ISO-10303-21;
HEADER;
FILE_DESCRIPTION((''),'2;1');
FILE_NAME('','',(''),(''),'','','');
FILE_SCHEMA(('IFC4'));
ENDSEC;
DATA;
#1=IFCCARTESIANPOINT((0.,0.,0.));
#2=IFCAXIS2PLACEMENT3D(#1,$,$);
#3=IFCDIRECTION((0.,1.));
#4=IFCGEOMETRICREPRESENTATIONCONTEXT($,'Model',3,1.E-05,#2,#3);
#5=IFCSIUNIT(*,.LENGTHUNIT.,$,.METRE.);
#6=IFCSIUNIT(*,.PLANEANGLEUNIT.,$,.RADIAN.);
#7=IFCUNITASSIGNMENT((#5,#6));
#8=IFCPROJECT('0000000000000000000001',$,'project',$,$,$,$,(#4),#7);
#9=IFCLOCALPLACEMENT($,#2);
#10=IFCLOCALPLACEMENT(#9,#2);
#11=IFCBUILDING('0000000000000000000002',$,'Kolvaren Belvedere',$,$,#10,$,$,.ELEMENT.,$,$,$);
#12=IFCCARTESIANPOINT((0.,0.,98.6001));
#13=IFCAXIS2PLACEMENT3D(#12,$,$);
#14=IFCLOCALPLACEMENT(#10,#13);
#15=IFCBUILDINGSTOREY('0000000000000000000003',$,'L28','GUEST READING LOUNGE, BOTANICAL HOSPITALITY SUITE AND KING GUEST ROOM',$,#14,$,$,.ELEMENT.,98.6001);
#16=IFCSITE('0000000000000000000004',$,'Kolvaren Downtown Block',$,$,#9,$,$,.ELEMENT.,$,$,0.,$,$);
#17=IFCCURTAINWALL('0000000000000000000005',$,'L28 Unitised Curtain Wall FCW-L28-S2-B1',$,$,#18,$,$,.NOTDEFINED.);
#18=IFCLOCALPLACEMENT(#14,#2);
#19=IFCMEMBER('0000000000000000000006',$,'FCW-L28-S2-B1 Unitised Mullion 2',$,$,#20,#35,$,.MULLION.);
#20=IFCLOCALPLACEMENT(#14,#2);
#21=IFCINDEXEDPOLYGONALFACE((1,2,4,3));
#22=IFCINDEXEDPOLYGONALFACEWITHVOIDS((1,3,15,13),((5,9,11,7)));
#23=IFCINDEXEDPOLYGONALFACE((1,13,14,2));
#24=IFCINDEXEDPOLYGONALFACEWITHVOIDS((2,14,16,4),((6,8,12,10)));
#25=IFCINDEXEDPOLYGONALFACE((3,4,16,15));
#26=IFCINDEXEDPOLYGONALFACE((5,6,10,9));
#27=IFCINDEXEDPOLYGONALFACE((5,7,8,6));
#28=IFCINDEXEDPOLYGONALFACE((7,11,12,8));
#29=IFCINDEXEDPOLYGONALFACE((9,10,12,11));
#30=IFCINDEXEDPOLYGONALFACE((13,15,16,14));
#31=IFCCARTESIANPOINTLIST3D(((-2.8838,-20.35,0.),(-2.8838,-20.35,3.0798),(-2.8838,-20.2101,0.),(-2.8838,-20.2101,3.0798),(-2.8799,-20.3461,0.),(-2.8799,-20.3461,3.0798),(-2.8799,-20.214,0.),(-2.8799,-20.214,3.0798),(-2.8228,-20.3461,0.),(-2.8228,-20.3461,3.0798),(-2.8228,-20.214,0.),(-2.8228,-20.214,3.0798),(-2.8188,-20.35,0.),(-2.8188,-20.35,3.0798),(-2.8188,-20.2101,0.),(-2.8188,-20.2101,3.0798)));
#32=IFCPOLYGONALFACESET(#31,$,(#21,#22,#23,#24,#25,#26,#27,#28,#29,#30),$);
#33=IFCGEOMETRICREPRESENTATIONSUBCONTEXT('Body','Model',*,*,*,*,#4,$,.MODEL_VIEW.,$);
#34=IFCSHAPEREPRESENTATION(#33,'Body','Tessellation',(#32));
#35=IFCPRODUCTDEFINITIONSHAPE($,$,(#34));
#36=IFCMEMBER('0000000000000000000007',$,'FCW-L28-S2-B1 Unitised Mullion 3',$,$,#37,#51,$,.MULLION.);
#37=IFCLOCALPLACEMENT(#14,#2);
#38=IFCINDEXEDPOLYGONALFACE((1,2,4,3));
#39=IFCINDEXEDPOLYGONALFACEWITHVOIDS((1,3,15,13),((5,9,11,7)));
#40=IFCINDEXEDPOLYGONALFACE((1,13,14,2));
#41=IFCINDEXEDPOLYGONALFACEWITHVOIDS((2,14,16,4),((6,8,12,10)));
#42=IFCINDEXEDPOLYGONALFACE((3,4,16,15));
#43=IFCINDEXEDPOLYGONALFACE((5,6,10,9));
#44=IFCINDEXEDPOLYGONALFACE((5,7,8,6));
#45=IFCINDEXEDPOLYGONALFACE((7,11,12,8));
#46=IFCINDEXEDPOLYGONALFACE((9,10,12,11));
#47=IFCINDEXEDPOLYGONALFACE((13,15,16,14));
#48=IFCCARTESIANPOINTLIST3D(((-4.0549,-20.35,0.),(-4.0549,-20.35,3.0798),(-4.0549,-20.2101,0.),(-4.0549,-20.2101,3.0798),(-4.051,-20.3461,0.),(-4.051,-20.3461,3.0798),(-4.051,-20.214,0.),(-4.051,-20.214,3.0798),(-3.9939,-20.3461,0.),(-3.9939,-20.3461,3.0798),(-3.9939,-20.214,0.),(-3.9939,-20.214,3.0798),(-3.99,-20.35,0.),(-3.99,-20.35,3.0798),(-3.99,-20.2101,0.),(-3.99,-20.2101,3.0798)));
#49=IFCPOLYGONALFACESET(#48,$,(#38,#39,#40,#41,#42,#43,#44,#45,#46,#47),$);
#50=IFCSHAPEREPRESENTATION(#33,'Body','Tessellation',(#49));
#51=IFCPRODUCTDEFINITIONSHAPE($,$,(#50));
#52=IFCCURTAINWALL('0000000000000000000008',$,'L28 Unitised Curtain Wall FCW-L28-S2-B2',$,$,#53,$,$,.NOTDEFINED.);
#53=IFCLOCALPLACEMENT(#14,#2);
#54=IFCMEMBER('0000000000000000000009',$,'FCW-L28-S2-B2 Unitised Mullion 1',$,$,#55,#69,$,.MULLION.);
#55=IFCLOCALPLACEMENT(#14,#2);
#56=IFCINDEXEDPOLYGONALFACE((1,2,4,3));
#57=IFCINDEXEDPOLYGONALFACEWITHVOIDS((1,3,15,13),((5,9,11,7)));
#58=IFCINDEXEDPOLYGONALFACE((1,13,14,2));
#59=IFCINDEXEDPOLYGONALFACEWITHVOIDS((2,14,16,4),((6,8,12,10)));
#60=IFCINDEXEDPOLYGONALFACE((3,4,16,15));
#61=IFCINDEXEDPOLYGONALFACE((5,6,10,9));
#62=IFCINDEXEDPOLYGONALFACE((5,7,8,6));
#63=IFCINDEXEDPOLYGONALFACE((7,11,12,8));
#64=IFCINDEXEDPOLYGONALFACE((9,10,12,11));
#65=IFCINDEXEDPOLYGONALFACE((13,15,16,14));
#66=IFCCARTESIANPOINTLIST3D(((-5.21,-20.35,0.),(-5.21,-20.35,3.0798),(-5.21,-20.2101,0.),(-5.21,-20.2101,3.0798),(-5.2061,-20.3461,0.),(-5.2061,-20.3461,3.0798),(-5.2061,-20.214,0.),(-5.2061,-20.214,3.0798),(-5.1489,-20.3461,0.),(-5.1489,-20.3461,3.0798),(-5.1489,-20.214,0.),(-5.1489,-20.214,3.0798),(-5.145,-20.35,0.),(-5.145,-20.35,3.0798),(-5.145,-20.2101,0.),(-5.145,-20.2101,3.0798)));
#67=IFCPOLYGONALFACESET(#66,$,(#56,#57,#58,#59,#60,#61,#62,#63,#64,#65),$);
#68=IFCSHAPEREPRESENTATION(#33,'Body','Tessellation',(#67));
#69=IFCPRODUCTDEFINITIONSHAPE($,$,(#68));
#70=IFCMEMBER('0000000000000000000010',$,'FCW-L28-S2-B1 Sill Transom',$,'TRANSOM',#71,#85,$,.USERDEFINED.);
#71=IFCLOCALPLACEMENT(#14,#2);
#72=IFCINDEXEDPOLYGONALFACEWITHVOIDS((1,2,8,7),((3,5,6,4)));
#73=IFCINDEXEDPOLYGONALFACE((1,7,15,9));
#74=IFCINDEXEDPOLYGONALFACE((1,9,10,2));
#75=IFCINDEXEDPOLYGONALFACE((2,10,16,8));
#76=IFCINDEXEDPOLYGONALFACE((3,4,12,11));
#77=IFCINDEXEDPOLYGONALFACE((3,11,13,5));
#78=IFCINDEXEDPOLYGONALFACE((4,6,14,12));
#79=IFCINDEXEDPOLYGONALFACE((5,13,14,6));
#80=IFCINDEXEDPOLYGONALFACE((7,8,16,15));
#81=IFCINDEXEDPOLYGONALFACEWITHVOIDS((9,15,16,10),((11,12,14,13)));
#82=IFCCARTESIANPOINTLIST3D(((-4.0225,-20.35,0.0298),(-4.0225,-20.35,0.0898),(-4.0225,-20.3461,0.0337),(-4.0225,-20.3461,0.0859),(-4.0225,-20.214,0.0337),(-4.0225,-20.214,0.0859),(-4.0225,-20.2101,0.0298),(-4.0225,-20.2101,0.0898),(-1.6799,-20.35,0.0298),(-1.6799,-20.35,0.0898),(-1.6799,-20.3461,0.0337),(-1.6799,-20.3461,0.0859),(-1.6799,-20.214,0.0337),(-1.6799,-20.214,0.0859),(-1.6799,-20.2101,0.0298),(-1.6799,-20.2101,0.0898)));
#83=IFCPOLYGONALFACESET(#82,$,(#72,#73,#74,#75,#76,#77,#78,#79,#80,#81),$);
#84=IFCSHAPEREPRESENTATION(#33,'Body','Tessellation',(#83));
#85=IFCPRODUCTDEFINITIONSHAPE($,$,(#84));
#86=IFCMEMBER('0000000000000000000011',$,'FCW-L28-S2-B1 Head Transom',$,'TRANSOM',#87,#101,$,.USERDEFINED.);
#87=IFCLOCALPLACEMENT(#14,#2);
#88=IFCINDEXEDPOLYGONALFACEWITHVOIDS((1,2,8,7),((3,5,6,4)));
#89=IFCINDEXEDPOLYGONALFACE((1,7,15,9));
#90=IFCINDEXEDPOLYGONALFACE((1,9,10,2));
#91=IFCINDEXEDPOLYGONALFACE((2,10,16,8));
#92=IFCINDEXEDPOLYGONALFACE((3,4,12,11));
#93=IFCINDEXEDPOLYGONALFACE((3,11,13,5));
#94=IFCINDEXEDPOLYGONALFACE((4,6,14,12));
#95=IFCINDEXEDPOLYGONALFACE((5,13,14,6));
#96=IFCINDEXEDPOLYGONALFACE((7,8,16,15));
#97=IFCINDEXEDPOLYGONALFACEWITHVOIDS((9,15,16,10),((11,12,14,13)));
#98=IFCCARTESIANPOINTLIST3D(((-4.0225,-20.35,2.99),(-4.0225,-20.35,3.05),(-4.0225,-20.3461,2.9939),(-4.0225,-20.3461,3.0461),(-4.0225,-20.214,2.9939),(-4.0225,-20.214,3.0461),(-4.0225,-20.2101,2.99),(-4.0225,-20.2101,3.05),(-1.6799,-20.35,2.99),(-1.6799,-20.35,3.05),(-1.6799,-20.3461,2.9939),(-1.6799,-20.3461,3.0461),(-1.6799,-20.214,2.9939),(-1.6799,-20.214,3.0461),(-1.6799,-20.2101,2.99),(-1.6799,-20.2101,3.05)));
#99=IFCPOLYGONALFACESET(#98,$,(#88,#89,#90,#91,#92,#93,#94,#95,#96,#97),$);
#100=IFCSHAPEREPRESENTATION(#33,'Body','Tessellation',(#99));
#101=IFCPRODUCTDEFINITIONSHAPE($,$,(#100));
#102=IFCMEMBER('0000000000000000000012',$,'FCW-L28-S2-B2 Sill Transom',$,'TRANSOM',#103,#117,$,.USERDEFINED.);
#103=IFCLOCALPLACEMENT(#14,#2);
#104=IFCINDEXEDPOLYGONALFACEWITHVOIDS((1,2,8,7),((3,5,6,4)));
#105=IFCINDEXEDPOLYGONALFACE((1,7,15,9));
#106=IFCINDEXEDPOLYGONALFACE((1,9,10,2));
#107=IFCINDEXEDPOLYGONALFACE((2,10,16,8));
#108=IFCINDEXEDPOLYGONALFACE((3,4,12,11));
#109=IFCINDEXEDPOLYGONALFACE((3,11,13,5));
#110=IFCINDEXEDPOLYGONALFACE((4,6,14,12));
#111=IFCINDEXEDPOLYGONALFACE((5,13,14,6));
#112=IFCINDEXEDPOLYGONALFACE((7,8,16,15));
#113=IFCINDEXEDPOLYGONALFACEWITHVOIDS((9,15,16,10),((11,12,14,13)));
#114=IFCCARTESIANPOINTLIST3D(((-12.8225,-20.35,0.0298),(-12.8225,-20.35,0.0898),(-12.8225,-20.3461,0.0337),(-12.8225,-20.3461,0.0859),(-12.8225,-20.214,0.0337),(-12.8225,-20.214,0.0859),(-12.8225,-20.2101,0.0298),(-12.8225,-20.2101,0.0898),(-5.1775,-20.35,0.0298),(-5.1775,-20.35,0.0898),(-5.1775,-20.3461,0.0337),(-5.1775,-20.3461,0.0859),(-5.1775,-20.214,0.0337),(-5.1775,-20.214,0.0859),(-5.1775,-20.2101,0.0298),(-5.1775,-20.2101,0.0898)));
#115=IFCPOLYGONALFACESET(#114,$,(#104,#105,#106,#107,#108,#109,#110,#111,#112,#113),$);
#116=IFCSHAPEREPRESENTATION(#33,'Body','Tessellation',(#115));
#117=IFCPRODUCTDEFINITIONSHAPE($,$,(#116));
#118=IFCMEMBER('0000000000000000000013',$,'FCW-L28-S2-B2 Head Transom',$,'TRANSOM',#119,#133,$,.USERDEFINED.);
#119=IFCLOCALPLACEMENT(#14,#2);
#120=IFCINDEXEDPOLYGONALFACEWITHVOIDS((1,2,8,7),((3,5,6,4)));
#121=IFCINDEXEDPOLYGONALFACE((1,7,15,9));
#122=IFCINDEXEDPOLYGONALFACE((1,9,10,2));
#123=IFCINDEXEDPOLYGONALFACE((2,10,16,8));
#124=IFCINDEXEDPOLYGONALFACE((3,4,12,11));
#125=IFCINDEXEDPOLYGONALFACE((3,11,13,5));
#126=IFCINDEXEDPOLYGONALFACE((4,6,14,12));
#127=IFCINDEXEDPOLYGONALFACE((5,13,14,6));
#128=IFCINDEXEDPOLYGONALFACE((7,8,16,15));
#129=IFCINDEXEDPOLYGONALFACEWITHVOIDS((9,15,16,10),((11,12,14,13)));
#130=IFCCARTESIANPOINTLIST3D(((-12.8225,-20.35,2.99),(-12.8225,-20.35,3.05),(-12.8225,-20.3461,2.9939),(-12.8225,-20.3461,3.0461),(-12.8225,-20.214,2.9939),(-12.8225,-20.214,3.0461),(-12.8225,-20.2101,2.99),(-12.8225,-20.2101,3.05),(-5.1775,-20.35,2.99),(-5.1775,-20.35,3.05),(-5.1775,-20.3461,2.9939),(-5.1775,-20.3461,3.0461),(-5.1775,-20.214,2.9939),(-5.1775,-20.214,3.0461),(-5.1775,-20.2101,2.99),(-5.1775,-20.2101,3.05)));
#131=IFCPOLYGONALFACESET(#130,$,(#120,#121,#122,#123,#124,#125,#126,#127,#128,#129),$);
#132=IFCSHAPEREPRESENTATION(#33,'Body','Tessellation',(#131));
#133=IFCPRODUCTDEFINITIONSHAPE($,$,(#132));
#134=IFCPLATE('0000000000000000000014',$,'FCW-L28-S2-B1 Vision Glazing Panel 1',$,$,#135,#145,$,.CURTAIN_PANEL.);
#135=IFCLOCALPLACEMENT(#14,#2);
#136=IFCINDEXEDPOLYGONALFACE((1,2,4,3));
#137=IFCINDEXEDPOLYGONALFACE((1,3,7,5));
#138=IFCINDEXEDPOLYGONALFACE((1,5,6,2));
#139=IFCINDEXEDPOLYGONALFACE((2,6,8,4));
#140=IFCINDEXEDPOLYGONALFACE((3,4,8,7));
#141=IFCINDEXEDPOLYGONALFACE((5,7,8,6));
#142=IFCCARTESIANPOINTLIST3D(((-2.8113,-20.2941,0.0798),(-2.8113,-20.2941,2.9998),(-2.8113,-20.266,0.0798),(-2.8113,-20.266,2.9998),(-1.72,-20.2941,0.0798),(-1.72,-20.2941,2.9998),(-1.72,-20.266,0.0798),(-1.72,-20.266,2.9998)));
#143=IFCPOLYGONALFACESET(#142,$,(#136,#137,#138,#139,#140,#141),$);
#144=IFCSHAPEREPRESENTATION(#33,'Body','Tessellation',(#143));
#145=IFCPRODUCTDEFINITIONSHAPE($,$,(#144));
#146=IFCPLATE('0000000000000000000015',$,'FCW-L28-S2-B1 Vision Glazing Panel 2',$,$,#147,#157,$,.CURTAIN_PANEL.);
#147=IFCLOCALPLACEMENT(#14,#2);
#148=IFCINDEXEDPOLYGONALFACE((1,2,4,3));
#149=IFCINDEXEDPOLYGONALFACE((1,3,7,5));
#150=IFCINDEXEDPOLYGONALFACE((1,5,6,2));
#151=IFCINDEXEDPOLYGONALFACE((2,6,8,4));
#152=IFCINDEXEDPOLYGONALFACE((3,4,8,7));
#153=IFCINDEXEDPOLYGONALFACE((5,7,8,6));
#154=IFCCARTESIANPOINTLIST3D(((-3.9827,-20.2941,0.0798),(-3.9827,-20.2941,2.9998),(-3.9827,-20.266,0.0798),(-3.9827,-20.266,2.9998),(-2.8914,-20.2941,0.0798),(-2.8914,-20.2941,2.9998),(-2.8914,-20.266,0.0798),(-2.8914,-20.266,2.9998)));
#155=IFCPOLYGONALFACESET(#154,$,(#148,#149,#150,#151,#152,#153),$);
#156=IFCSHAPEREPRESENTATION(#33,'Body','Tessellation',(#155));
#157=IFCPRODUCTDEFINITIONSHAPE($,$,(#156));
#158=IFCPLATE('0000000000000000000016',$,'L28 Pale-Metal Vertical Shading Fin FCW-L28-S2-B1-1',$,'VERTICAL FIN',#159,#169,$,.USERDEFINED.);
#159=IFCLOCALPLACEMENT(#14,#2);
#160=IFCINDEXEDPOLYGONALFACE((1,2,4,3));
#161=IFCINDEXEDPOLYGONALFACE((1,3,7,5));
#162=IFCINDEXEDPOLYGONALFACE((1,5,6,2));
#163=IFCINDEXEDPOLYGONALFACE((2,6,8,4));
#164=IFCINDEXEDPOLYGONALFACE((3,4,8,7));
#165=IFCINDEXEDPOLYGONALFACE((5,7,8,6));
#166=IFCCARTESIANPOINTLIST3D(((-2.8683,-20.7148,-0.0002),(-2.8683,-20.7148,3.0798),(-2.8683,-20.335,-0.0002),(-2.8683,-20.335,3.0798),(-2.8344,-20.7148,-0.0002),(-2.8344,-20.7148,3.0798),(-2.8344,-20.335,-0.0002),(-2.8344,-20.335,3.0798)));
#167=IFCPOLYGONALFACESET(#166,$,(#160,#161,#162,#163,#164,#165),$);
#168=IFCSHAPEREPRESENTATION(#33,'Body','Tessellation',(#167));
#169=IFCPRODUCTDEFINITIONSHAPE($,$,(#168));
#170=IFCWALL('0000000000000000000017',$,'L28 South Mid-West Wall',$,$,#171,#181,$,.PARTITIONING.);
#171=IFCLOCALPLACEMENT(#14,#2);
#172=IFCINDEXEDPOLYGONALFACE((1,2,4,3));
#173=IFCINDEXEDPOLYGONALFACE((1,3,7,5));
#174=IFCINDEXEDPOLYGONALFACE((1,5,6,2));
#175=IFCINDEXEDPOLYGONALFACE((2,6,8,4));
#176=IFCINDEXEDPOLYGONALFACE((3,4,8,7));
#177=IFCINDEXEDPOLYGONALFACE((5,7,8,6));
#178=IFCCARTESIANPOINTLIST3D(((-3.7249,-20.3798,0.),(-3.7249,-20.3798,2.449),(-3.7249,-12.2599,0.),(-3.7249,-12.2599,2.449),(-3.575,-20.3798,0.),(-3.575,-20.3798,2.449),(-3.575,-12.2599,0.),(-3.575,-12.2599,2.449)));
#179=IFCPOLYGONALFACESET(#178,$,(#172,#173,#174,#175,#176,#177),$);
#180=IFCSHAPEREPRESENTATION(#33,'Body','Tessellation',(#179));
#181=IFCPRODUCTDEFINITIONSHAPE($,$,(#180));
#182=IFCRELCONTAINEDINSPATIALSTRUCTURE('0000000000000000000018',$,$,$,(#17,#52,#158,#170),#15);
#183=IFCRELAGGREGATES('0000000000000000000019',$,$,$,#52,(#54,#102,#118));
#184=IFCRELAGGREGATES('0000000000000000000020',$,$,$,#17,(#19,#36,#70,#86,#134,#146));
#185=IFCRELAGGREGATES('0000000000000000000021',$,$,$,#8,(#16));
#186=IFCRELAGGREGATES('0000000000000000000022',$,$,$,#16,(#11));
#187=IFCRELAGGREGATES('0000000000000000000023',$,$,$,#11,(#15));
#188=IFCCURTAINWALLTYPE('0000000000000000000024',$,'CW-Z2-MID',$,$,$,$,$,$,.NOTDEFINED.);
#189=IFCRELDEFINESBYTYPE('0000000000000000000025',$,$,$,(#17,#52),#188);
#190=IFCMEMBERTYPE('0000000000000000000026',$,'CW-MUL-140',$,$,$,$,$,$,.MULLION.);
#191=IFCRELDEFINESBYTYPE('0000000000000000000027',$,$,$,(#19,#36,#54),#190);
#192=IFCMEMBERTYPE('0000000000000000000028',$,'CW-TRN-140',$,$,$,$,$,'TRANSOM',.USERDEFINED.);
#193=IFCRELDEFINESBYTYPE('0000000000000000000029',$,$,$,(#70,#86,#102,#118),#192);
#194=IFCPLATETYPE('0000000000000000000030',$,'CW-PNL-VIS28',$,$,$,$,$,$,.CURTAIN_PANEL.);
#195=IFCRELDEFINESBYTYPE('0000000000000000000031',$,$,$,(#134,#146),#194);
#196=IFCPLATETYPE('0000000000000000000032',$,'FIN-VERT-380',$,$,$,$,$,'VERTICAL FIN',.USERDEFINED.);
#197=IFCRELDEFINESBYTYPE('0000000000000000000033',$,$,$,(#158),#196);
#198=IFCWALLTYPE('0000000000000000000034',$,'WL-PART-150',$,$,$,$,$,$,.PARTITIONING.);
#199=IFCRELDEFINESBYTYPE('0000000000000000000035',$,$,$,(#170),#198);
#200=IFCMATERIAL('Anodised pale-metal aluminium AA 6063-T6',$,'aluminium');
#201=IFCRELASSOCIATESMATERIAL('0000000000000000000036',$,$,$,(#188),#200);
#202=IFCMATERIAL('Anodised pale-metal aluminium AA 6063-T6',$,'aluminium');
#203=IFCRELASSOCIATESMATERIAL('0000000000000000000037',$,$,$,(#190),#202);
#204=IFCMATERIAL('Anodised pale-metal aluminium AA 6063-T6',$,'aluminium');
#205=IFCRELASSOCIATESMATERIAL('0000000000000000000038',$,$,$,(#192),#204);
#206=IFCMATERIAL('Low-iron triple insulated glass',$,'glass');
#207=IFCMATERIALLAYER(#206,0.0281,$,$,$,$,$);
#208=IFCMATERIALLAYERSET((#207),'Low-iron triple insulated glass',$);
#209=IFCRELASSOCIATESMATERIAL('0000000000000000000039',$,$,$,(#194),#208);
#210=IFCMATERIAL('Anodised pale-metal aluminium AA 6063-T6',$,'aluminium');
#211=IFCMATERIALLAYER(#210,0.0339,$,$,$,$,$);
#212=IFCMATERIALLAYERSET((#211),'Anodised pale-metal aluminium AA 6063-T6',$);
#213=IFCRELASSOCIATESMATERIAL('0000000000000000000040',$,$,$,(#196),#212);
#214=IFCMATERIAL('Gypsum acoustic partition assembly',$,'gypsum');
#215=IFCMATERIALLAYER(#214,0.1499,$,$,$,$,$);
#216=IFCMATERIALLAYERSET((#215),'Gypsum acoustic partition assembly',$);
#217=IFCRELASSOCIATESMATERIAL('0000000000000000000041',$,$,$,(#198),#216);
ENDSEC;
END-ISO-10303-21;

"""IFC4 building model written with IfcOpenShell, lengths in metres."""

from ifc_helpers import new_model, si_unit, direction, frame, frame_2d, origin, origin_2d, place, context, subcontext, project, spatial, rectangle, hollow_rectangle, extrude, material, layer, layer_set, material_profile, profile_set, type_object, element, aggregate, save


model = new_model("IFC4")

# Units and contexts
model_context = context("Model", 3, precision=1e-05, world=origin(), true_north=direction((0.0, 1.0)))
body_context = subcontext(model_context, "Body", "Model", "MODEL_VIEW")
ifc_project = project(units=[si_unit("LENGTHUNIT", "METRE"), si_unit("PLANEANGLEUNIT", "RADIAN")], contexts=[model_context])

# Site, building, storey
site_placement = place(None, origin())
site = spatial("IfcSite", under=ifc_project, at=site_placement, Name="Kolvaren Downtown Block", CompositionType="ELEMENT", RefElevation=0.0)
building_placement = place(site_placement, origin())
building = spatial("IfcBuilding", under=site, at=building_placement, Name="Kolvaren Belvedere", CompositionType="ELEMENT")
storey_placement = place(building_placement, frame((0.0, 0.0, 98.6001)))
storey = spatial("IfcBuildingStorey", under=building, at=storey_placement, Name="L28", Description="GUEST READING LOUNGE, BOTANICAL HOSPITALITY SUITE AND KING GUEST ROOM", CompositionType="ELEMENT", Elevation=98.6001)

# Curtain wall, members
ifc_material_1 = material(Name="Anodised pale-metal aluminium AA 6063-T6", Category="aluminium")
curtain_wall_type = type_object("IfcCurtainWallType", Name="CW-Z2-MID", PredefinedType="NOTDEFINED", material=ifc_material_1)
curtain_wall_1_placement = place(storey_placement, origin())
curtain_wall_1 = element("IfcCurtainWall", 1, at=curtain_wall_1_placement, inside=storey, type_object=curtain_wall_type, Name="L28 Unitised Curtain Wall FCW-L28-S2-B1", PredefinedType="NOTDEFINED")
ifc_material_2 = material(Name="Anodised pale-metal aluminium AA 6063-T6", Category="aluminium")
ifc_material_profile_1 = material_profile(ifc_material_2, hollow_rectangle(XDim=0.0649, YDim=0.1399, WallThickness=0.0039, at=origin_2d()), Name="ALU-MUL-140X65")
ifc_profile_set_1 = profile_set([ifc_material_profile_1], Name="Anodised pale-metal aluminium AA 6063-T6")
member_type_1 = type_object("IfcMemberType", Name="CW-MUL-140", PredefinedType="MULLION", material=ifc_profile_set_1)
member_1_placement = place(storey_placement, frame((-2.8513, -20.28, 0.0), z_axis=(0.0, 0.0, 1.0), x_axis=(1.0, 0.0, 0.0)))
member_1 = element("IfcMember", 2, at=member_1_placement, type_object=member_type_1, Name="FCW-L28-S2-B1 Unitised Mullion 2", PredefinedType="MULLION", context=body_context, shape_type="SweptSolid", body=[
    extrude(hollow_rectangle(XDim=0.0649, YDim=0.1399, WallThickness=0.0039, at=origin_2d()), origin(), (0.0, 0.0, 1.0), 3.0798),
])
member_2_placement = place(storey_placement, frame((-4.0225, -20.28, 0.0), z_axis=(0.0, 0.0, 1.0), x_axis=(1.0, 0.0, 0.0)))
member_2 = element("IfcMember", 3, at=member_2_placement, type_object=member_type_1, Name="FCW-L28-S2-B1 Unitised Mullion 3", PredefinedType="MULLION", context=body_context, shape_type="SweptSolid", body=[
    extrude(hollow_rectangle(XDim=0.0649, YDim=0.1399, WallThickness=0.0039, at=origin_2d()), origin(), (0.0, 0.0, 1.0), 3.0798),
])

# Curtain wall, member
curtain_wall_2_placement = place(storey_placement, origin())
curtain_wall_2 = element("IfcCurtainWall", 4, at=curtain_wall_2_placement, inside=storey, type_object=curtain_wall_type, Name="L28 Unitised Curtain Wall FCW-L28-S2-B2", PredefinedType="NOTDEFINED")
member_3_placement = place(storey_placement, frame((-5.1775, -20.28, 0.0), z_axis=(0.0, 0.0, 1.0), x_axis=(1.0, 0.0, 0.0)))
member_3 = element("IfcMember", 5, at=member_3_placement, type_object=member_type_1, Name="FCW-L28-S2-B2 Unitised Mullion 1", PredefinedType="MULLION", context=body_context, shape_type="SweptSolid", body=[
    extrude(hollow_rectangle(XDim=0.0649, YDim=0.1399, WallThickness=0.0039, at=origin_2d()), origin(), (0.0, 0.0, 1.0), 3.0798),
])

# Members
ifc_material_3 = material(Name="Anodised pale-metal aluminium AA 6063-T6", Category="aluminium")
ifc_material_profile_2 = material_profile(ifc_material_3, hollow_rectangle(XDim=0.0601, YDim=0.1399, WallThickness=0.0039, at=origin_2d()), Name="ALU-TRN-140X60")
ifc_profile_set_2 = profile_set([ifc_material_profile_2], Name="Anodised pale-metal aluminium AA 6063-T6")
member_type_2 = type_object("IfcMemberType", Name="CW-TRN-140", ElementType="TRANSOM", PredefinedType="USERDEFINED", material=ifc_profile_set_2)
member_4_placement = place(storey_placement, frame((-1.6799, -20.28, 0.0598), z_axis=(-1.0, 0.0, 0.0), x_axis=(0.0, 0.0, 1.0)))
member_4 = element("IfcMember", 6, at=member_4_placement, type_object=member_type_2, Name="FCW-L28-S2-B1 Sill Transom", ObjectType="TRANSOM", PredefinedType="USERDEFINED", context=body_context, shape_type="SweptSolid", body=[
    extrude(hollow_rectangle(XDim=0.0601, YDim=0.1399, WallThickness=0.0039, at=origin_2d()), origin(), (0.0, 0.0, 1.0), 2.3425),
])
member_5_placement = place(storey_placement, frame((-1.6799, -20.28, 3.02), z_axis=(-1.0, 0.0, 0.0), x_axis=(0.0, 0.0, 1.0)))
member_5 = element("IfcMember", 7, at=member_5_placement, type_object=member_type_2, Name="FCW-L28-S2-B1 Head Transom", ObjectType="TRANSOM", PredefinedType="USERDEFINED", context=body_context, shape_type="SweptSolid", body=[
    extrude(hollow_rectangle(XDim=0.0601, YDim=0.1399, WallThickness=0.0039, at=origin_2d()), origin(), (0.0, 0.0, 1.0), 2.3425),
])
member_6_placement = place(storey_placement, frame((-5.1775, -20.28, 0.0598), z_axis=(-1.0, 0.0, 0.0), x_axis=(0.0, 0.0, 1.0)))
member_6 = element("IfcMember", 8, at=member_6_placement, type_object=member_type_2, Name="FCW-L28-S2-B2 Sill Transom", ObjectType="TRANSOM", PredefinedType="USERDEFINED", context=body_context, shape_type="SweptSolid", body=[
    extrude(hollow_rectangle(XDim=0.0601, YDim=0.1399, WallThickness=0.0039, at=origin_2d()), origin(), (0.0, 0.0, 1.0), 7.645),
])
member_7_placement = place(storey_placement, frame((-5.1775, -20.28, 3.02), z_axis=(-1.0, 0.0, 0.0), x_axis=(0.0, 0.0, 1.0)))
member_7 = element("IfcMember", 9, at=member_7_placement, type_object=member_type_2, Name="FCW-L28-S2-B2 Head Transom", ObjectType="TRANSOM", PredefinedType="USERDEFINED", context=body_context, shape_type="SweptSolid", body=[
    extrude(hollow_rectangle(XDim=0.0601, YDim=0.1399, WallThickness=0.0039, at=origin_2d()), origin(), (0.0, 0.0, 1.0), 7.645),
])
aggregate(curtain_wall_2, [member_3, member_6, member_7])

# Plates
ifc_material_4 = material(Name="Low-iron triple insulated glass", Category="glass")
ifc_layer_1 = layer(ifc_material_4, 0.0281)
ifc_layer_set_1 = layer_set([ifc_layer_1], Name="Low-iron triple insulated glass")
plate_type_1 = type_object("IfcPlateType", Name="CW-PNL-VIS28", PredefinedType="CURTAIN_PANEL", material=ifc_layer_set_1)
plate_1_placement = place(storey_placement, frame((-2.2656, -20.28, 0.0798), z_axis=(0.0, 0.0, 1.0), x_axis=(-1.0, 0.0, 0.0)))
plate_1 = element("IfcPlate", 10, at=plate_1_placement, type_object=plate_type_1, Name="FCW-L28-S2-B1 Vision Glazing Panel 1", PredefinedType="CURTAIN_PANEL", context=body_context, shape_type="SweptSolid", body=[
    extrude(rectangle(XDim=1.0913, YDim=0.0281, at=origin_2d()), origin(), (0.0, 0.0, 1.0), 2.9199),
])
plate_2_placement = place(storey_placement, frame((-3.437, -20.28, 0.0798), z_axis=(0.0, 0.0, 1.0), x_axis=(-1.0, 0.0, 0.0)))
plate_2 = element("IfcPlate", 11, at=plate_2_placement, type_object=plate_type_1, Name="FCW-L28-S2-B1 Vision Glazing Panel 2", PredefinedType="CURTAIN_PANEL", context=body_context, shape_type="SweptSolid", body=[
    extrude(rectangle(XDim=1.0913, YDim=0.0281, at=origin_2d()), origin(), (0.0, 0.0, 1.0), 2.9199),
])
aggregate(curtain_wall_1, [member_1, member_2, member_4, member_5, plate_1, plate_2])
ifc_material_5 = material(Name="Anodised pale-metal aluminium AA 6063-T6", Category="aluminium")
ifc_layer_2 = layer(ifc_material_5, 0.0339)
ifc_layer_set_2 = layer_set([ifc_layer_2], Name="Anodised pale-metal aluminium AA 6063-T6")
plate_type_2 = type_object("IfcPlateType", Name="FIN-VERT-380", ElementType="VERTICAL FIN", PredefinedType="USERDEFINED", material=ifc_layer_set_2)
plate_3_placement = place(storey_placement, frame((-2.8513, -20.5249, -0.0002), z_axis=(0.0, 0.0, 1.0), x_axis=(0.0, 1.0, 0.0)))
element("IfcPlate", 12, at=plate_3_placement, inside=storey, type_object=plate_type_2, Name="L28 Pale-Metal Vertical Shading Fin FCW-L28-S2-B1-1", ObjectType="VERTICAL FIN", PredefinedType="USERDEFINED", context=body_context, shape_type="SweptSolid", body=[
    extrude(rectangle(XDim=0.3799, YDim=0.0339, at=origin_2d()), origin(), (0.0, 0.0, 1.0), 3.0801),
])

# Wall
ifc_material_6 = material(Name="Gypsum acoustic partition assembly", Category="gypsum")
ifc_layer_3 = layer(ifc_material_6, 0.1499)
ifc_layer_set_3 = layer_set([ifc_layer_3], Name="Gypsum acoustic partition assembly")
wall_type_1 = type_object("IfcWallType", Name="WL-PART-150", PredefinedType="PARTITIONING", material=ifc_layer_set_3)
wall_1_placement = place(storey_placement, frame((-3.6499, -20.3799, 0.0), z_axis=(0.0, 0.0, 1.0), x_axis=(0.0, 1.0, 0.0)))
element("IfcWall", 13, at=wall_1_placement, inside=storey, type_object=wall_type_1, Name="L28 South Mid-West Wall", PredefinedType="PARTITIONING", context=body_context, shape_type="SweptSolid", body=[
    extrude(rectangle(XDim=8.1199, YDim=0.1499, at=frame_2d((4.0601, 0.0))), origin(), (0.0, 0.0, 1.0), 2.449),
])

save(model, "model.ifc")
